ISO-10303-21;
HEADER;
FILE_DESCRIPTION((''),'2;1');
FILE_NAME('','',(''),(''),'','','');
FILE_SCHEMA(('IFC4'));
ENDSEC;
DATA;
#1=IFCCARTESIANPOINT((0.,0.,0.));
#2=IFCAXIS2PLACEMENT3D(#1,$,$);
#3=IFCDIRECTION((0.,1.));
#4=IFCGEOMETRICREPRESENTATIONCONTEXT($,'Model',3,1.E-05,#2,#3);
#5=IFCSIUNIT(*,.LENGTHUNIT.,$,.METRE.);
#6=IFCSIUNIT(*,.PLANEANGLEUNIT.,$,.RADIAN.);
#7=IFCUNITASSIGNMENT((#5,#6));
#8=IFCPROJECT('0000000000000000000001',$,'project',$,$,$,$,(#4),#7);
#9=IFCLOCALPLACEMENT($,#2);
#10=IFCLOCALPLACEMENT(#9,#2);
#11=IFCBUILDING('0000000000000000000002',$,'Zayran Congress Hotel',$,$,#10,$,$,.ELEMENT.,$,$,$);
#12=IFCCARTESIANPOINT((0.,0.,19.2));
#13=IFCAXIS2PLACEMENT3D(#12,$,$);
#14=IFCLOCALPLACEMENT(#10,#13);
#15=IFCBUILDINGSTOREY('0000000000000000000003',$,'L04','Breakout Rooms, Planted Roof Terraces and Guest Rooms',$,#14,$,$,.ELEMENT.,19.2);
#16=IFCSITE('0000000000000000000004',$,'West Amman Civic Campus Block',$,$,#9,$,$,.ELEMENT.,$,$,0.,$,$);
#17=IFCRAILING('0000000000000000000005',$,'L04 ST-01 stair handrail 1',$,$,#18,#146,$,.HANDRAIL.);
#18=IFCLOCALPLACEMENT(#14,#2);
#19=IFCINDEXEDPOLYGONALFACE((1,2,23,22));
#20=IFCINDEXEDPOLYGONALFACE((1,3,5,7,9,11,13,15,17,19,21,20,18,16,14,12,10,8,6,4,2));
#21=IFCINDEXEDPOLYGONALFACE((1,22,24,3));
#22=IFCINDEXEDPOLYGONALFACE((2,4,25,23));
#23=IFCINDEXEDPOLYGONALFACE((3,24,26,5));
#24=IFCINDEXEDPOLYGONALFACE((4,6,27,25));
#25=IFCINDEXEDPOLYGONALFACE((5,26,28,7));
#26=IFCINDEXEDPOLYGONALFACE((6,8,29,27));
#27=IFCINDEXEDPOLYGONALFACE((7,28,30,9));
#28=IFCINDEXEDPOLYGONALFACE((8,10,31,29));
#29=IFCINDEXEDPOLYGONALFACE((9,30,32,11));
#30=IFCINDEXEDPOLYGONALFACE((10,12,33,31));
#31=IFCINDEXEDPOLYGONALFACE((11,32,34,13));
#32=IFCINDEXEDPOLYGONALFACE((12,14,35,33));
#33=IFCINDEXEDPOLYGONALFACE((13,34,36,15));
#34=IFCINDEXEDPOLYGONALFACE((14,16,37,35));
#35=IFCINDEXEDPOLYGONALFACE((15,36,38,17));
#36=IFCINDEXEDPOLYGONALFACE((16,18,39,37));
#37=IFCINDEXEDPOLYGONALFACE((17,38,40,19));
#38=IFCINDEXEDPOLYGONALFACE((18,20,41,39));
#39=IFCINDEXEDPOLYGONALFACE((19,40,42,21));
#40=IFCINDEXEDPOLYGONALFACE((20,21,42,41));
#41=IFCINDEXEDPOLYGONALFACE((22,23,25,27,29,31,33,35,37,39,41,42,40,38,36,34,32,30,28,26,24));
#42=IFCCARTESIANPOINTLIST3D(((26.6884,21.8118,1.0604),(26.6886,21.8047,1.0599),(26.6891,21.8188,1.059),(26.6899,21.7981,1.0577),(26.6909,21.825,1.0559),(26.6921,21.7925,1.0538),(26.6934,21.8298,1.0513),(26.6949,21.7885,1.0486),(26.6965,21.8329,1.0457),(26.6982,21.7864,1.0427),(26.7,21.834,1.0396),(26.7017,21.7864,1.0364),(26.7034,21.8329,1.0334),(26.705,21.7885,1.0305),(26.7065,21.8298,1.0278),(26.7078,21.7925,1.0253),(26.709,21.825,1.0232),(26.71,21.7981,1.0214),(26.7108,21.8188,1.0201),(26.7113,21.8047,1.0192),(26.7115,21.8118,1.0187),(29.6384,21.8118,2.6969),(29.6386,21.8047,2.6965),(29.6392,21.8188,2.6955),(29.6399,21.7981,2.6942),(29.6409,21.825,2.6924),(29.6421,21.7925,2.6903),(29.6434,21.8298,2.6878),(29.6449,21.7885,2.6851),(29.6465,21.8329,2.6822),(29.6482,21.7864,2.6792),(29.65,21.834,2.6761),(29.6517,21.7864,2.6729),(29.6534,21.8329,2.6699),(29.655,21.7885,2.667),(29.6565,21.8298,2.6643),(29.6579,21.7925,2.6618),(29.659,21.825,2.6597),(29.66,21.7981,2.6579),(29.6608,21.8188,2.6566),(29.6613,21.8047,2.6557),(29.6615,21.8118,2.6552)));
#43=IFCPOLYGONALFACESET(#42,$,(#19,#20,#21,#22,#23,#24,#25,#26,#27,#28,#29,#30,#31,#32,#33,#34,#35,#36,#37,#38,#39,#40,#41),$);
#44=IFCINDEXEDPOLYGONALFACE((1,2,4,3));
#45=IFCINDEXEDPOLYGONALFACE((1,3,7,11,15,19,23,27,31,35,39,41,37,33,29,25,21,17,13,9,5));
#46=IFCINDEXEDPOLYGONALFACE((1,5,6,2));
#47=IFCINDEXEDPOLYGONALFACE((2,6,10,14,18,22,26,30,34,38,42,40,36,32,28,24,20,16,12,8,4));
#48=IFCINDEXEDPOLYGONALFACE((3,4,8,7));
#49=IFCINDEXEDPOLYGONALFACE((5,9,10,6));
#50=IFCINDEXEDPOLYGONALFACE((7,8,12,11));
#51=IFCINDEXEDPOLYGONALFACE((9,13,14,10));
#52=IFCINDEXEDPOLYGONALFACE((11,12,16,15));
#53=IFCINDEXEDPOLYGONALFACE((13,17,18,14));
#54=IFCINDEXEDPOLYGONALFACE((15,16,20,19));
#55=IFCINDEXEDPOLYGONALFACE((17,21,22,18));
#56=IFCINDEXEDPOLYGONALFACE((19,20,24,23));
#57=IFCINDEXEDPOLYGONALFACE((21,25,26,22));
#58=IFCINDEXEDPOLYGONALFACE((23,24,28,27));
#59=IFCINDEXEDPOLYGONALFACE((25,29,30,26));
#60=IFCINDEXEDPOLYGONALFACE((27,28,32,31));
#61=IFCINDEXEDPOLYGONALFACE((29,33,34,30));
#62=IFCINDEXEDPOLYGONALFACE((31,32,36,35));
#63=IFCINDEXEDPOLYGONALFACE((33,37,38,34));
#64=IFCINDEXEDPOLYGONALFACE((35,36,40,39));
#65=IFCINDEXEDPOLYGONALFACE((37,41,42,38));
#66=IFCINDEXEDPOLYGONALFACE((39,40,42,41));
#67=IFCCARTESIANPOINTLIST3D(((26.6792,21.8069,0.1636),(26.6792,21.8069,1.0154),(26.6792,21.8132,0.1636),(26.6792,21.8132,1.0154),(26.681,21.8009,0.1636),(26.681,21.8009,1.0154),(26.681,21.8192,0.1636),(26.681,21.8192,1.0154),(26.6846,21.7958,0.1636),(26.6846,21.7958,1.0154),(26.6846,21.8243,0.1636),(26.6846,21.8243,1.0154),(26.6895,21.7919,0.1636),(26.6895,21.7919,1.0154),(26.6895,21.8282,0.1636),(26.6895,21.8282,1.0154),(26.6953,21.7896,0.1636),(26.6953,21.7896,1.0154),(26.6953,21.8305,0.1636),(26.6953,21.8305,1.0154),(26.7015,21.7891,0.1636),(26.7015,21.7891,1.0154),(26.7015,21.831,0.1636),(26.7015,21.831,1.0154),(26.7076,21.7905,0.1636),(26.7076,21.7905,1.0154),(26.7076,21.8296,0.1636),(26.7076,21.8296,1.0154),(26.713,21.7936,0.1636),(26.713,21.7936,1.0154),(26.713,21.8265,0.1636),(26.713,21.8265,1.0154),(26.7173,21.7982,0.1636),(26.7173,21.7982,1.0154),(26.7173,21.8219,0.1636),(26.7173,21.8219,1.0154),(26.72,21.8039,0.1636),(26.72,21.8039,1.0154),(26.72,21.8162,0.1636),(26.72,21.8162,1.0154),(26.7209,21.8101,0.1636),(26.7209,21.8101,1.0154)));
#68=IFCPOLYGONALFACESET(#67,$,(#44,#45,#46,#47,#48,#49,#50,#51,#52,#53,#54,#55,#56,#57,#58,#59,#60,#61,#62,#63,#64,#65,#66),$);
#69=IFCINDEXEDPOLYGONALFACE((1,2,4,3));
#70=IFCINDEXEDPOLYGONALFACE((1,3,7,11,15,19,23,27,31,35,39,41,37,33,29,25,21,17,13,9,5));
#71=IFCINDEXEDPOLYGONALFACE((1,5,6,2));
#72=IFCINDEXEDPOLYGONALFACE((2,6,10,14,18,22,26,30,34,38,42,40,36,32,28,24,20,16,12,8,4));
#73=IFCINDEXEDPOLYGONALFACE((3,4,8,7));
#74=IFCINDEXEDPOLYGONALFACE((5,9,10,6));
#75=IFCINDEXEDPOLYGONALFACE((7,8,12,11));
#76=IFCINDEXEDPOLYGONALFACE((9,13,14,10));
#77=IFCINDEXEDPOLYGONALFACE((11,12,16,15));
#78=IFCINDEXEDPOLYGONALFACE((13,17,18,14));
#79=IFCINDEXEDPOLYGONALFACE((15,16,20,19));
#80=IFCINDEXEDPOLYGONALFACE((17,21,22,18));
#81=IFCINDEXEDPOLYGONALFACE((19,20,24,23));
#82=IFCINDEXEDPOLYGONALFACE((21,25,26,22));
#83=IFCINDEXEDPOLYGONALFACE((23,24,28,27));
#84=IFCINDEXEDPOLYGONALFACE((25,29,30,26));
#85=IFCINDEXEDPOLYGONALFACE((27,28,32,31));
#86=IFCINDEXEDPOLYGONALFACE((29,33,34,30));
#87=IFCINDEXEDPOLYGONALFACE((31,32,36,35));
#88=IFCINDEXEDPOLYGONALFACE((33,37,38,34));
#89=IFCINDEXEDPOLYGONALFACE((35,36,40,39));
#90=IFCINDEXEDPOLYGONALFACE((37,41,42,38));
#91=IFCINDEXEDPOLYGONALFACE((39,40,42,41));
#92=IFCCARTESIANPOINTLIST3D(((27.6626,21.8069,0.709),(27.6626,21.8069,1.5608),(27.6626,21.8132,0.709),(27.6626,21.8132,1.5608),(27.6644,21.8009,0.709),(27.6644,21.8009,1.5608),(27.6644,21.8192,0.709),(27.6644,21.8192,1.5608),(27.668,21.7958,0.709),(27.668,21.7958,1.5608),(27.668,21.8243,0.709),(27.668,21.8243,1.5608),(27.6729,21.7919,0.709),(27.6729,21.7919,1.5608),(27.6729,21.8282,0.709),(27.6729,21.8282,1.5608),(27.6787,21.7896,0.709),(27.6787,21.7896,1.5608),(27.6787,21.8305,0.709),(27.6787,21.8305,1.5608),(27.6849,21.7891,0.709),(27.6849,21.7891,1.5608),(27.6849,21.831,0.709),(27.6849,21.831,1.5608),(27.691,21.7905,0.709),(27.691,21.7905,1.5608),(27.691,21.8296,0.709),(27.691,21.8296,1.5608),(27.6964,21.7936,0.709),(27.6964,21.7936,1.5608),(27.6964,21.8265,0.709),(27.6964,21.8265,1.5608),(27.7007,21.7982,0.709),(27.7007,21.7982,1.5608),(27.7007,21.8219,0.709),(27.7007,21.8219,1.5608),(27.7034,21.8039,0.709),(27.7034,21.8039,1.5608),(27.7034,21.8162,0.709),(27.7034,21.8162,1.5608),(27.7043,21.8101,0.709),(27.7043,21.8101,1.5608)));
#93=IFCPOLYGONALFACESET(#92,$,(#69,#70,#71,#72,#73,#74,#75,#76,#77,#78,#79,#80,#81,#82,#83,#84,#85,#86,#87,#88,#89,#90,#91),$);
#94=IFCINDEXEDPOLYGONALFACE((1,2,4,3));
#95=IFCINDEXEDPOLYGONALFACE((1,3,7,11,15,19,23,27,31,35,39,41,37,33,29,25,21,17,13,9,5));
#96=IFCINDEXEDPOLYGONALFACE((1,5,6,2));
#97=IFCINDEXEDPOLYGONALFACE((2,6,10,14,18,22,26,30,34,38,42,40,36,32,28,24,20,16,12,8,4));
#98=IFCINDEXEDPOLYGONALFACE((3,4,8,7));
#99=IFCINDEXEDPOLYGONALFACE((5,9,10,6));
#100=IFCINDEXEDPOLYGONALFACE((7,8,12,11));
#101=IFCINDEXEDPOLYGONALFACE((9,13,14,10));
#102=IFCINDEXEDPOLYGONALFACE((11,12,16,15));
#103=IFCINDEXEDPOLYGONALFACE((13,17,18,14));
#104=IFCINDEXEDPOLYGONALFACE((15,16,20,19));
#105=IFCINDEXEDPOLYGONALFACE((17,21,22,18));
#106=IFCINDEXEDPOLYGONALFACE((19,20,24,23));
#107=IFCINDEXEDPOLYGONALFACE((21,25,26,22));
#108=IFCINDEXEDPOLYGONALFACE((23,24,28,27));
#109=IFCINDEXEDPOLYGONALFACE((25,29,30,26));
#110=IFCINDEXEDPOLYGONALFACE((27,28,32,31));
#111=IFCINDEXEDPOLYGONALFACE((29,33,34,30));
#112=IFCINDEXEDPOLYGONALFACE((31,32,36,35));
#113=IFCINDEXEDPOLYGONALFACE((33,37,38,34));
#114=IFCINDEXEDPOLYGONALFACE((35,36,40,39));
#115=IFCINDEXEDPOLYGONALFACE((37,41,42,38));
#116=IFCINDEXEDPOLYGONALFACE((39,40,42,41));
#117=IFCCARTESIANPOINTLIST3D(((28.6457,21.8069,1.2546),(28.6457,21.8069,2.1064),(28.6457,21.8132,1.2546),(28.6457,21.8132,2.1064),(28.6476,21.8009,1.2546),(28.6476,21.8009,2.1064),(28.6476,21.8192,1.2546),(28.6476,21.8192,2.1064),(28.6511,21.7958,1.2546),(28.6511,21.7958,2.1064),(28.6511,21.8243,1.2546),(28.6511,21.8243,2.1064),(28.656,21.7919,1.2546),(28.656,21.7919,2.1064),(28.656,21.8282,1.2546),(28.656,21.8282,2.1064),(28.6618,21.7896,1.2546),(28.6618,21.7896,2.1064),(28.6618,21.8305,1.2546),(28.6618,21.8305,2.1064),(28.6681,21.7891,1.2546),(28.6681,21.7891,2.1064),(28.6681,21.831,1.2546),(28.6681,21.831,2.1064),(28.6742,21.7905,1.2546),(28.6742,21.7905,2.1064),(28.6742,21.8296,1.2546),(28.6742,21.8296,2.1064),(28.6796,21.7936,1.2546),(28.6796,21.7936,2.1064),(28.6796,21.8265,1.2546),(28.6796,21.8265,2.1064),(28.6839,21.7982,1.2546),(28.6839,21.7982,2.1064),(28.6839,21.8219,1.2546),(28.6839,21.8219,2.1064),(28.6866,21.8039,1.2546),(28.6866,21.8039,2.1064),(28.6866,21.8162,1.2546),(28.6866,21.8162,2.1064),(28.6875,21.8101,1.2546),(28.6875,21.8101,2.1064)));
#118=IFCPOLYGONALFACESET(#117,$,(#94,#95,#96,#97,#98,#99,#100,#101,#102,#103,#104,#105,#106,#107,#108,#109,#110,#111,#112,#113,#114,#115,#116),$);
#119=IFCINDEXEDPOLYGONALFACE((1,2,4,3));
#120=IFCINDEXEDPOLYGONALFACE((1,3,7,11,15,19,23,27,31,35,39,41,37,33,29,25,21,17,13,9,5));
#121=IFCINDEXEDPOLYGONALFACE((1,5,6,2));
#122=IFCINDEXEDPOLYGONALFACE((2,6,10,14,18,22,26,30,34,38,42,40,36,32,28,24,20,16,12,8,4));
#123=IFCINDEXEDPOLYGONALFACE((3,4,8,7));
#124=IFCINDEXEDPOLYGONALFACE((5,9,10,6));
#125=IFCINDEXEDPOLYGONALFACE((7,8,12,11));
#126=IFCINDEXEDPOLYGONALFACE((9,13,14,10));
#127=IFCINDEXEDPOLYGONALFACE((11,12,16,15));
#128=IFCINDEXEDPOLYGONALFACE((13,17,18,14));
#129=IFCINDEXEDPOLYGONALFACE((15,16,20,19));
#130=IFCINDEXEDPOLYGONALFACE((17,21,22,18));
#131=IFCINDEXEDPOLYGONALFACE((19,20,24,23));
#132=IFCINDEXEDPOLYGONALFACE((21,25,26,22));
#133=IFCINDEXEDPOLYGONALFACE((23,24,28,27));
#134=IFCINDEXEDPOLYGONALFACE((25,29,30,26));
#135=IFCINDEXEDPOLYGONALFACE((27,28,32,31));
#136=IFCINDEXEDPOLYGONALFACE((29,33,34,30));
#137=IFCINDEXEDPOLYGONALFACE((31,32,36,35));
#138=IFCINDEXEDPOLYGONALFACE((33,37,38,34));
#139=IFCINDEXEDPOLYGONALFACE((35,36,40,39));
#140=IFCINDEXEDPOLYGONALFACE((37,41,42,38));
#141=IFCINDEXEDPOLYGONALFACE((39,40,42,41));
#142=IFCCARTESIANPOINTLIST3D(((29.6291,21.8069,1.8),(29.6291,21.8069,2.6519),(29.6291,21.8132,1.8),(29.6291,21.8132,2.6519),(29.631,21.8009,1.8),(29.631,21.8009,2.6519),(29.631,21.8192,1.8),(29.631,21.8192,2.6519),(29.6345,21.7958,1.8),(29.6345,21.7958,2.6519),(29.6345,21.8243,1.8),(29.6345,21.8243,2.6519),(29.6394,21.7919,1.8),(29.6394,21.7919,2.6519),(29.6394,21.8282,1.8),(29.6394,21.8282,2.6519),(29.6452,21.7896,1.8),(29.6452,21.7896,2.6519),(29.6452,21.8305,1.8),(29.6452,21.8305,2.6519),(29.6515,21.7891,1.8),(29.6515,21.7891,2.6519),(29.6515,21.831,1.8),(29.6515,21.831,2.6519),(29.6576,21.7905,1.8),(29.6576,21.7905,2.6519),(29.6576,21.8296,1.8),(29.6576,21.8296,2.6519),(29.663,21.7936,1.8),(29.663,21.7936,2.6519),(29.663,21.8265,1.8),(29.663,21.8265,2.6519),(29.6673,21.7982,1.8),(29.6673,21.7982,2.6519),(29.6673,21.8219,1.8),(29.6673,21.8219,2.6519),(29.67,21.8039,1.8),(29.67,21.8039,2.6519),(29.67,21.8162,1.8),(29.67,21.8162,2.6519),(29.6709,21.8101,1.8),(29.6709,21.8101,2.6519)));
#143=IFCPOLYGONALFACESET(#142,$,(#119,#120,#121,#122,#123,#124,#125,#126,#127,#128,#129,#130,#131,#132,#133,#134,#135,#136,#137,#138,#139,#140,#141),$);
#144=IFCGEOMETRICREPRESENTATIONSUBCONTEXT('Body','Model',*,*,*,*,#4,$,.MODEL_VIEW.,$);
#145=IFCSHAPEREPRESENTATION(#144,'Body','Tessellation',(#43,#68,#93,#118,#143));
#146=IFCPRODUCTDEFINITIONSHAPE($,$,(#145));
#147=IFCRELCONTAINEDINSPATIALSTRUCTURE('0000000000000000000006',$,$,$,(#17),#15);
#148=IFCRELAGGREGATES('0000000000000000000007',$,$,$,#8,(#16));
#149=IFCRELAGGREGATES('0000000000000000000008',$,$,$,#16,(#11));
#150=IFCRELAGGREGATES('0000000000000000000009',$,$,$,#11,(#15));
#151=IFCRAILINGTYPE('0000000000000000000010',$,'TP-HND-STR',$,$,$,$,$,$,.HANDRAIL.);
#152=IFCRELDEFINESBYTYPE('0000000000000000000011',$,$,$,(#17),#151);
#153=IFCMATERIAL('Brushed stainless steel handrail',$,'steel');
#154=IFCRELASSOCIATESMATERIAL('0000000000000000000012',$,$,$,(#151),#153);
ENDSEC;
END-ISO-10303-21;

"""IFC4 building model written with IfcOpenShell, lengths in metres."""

from ifc_helpers import new_model, si_unit, direction, frame, origin, origin_2d, place, context, subcontext, project, spatial, circle, extrude, material, type_object, element, save


model = new_model("IFC4")

# Units and contexts
model_context = context("Model", 3, precision=1e-05, world=origin(), true_north=direction((0.0, 1.0)))
body_context = subcontext(model_context, "Body", "Model", "MODEL_VIEW")
ifc_project = project(units=[si_unit("LENGTHUNIT", "METRE"), si_unit("PLANEANGLEUNIT", "RADIAN")], contexts=[model_context])

# Site, building, storey
site_placement = place(None, origin())
site = spatial("IfcSite", under=ifc_project, at=site_placement, Name="West Amman Civic Campus Block", CompositionType="ELEMENT", RefElevation=0.0)
building_placement = place(site_placement, origin())
building = spatial("IfcBuilding", under=site, at=building_placement, Name="Zayran Congress Hotel", CompositionType="ELEMENT")
storey_placement = place(building_placement, frame((0.0, 0.0, 19.2)))
storey = spatial("IfcBuildingStorey", under=building, at=storey_placement, Name="L04", Description="Breakout Rooms, Planted Roof Terraces and Guest Rooms", CompositionType="ELEMENT", Elevation=19.2)

# Railing
ifc_material_1 = material(Name="Brushed stainless steel handrail", Category="steel")
railing_type_1 = type_object("IfcRailingType", Name="TP-HND-STR", PredefinedType="HANDRAIL", material=ifc_material_1)
railing_1_placement = place(storey_placement, frame((26.7, 21.8101, 0.1636)))
element("IfcRailing", 1, at=railing_1_placement, inside=storey, type_object=railing_type_1, Name="L04 ST-01 stair handrail 1", PredefinedType="HANDRAIL", context=body_context, shape_type="SweptSolid", body=[
    extrude(circle(Radius=0.0239, at=origin_2d()), frame((0.0, 0.0, 0.876), z_axis=(0.874458, 0.0, 0.485102), x_axis=(0.0, 1.0, 0.0)), (0.0, 0.0, 1.0), 3.3735),
    extrude(circle(Radius=0.021, at=origin_2d()), origin(), (0.0, 0.0, 1.0), 0.8518),
    extrude(circle(Radius=0.021, at=origin_2d()), frame((0.9834, 0.0, 0.5454)), (0.0, 0.0, 1.0), 0.8518),
    extrude(circle(Radius=0.021, at=origin_2d()), frame((1.9666, 0.0, 1.0911)), (0.0, 0.0, 1.0), 0.8518),
    extrude(circle(Radius=0.021, at=origin_2d()), frame((2.95, 0.0, 1.6365)), (0.0, 0.0, 1.0), 0.8518),
])

save(model, "model.ifc")
